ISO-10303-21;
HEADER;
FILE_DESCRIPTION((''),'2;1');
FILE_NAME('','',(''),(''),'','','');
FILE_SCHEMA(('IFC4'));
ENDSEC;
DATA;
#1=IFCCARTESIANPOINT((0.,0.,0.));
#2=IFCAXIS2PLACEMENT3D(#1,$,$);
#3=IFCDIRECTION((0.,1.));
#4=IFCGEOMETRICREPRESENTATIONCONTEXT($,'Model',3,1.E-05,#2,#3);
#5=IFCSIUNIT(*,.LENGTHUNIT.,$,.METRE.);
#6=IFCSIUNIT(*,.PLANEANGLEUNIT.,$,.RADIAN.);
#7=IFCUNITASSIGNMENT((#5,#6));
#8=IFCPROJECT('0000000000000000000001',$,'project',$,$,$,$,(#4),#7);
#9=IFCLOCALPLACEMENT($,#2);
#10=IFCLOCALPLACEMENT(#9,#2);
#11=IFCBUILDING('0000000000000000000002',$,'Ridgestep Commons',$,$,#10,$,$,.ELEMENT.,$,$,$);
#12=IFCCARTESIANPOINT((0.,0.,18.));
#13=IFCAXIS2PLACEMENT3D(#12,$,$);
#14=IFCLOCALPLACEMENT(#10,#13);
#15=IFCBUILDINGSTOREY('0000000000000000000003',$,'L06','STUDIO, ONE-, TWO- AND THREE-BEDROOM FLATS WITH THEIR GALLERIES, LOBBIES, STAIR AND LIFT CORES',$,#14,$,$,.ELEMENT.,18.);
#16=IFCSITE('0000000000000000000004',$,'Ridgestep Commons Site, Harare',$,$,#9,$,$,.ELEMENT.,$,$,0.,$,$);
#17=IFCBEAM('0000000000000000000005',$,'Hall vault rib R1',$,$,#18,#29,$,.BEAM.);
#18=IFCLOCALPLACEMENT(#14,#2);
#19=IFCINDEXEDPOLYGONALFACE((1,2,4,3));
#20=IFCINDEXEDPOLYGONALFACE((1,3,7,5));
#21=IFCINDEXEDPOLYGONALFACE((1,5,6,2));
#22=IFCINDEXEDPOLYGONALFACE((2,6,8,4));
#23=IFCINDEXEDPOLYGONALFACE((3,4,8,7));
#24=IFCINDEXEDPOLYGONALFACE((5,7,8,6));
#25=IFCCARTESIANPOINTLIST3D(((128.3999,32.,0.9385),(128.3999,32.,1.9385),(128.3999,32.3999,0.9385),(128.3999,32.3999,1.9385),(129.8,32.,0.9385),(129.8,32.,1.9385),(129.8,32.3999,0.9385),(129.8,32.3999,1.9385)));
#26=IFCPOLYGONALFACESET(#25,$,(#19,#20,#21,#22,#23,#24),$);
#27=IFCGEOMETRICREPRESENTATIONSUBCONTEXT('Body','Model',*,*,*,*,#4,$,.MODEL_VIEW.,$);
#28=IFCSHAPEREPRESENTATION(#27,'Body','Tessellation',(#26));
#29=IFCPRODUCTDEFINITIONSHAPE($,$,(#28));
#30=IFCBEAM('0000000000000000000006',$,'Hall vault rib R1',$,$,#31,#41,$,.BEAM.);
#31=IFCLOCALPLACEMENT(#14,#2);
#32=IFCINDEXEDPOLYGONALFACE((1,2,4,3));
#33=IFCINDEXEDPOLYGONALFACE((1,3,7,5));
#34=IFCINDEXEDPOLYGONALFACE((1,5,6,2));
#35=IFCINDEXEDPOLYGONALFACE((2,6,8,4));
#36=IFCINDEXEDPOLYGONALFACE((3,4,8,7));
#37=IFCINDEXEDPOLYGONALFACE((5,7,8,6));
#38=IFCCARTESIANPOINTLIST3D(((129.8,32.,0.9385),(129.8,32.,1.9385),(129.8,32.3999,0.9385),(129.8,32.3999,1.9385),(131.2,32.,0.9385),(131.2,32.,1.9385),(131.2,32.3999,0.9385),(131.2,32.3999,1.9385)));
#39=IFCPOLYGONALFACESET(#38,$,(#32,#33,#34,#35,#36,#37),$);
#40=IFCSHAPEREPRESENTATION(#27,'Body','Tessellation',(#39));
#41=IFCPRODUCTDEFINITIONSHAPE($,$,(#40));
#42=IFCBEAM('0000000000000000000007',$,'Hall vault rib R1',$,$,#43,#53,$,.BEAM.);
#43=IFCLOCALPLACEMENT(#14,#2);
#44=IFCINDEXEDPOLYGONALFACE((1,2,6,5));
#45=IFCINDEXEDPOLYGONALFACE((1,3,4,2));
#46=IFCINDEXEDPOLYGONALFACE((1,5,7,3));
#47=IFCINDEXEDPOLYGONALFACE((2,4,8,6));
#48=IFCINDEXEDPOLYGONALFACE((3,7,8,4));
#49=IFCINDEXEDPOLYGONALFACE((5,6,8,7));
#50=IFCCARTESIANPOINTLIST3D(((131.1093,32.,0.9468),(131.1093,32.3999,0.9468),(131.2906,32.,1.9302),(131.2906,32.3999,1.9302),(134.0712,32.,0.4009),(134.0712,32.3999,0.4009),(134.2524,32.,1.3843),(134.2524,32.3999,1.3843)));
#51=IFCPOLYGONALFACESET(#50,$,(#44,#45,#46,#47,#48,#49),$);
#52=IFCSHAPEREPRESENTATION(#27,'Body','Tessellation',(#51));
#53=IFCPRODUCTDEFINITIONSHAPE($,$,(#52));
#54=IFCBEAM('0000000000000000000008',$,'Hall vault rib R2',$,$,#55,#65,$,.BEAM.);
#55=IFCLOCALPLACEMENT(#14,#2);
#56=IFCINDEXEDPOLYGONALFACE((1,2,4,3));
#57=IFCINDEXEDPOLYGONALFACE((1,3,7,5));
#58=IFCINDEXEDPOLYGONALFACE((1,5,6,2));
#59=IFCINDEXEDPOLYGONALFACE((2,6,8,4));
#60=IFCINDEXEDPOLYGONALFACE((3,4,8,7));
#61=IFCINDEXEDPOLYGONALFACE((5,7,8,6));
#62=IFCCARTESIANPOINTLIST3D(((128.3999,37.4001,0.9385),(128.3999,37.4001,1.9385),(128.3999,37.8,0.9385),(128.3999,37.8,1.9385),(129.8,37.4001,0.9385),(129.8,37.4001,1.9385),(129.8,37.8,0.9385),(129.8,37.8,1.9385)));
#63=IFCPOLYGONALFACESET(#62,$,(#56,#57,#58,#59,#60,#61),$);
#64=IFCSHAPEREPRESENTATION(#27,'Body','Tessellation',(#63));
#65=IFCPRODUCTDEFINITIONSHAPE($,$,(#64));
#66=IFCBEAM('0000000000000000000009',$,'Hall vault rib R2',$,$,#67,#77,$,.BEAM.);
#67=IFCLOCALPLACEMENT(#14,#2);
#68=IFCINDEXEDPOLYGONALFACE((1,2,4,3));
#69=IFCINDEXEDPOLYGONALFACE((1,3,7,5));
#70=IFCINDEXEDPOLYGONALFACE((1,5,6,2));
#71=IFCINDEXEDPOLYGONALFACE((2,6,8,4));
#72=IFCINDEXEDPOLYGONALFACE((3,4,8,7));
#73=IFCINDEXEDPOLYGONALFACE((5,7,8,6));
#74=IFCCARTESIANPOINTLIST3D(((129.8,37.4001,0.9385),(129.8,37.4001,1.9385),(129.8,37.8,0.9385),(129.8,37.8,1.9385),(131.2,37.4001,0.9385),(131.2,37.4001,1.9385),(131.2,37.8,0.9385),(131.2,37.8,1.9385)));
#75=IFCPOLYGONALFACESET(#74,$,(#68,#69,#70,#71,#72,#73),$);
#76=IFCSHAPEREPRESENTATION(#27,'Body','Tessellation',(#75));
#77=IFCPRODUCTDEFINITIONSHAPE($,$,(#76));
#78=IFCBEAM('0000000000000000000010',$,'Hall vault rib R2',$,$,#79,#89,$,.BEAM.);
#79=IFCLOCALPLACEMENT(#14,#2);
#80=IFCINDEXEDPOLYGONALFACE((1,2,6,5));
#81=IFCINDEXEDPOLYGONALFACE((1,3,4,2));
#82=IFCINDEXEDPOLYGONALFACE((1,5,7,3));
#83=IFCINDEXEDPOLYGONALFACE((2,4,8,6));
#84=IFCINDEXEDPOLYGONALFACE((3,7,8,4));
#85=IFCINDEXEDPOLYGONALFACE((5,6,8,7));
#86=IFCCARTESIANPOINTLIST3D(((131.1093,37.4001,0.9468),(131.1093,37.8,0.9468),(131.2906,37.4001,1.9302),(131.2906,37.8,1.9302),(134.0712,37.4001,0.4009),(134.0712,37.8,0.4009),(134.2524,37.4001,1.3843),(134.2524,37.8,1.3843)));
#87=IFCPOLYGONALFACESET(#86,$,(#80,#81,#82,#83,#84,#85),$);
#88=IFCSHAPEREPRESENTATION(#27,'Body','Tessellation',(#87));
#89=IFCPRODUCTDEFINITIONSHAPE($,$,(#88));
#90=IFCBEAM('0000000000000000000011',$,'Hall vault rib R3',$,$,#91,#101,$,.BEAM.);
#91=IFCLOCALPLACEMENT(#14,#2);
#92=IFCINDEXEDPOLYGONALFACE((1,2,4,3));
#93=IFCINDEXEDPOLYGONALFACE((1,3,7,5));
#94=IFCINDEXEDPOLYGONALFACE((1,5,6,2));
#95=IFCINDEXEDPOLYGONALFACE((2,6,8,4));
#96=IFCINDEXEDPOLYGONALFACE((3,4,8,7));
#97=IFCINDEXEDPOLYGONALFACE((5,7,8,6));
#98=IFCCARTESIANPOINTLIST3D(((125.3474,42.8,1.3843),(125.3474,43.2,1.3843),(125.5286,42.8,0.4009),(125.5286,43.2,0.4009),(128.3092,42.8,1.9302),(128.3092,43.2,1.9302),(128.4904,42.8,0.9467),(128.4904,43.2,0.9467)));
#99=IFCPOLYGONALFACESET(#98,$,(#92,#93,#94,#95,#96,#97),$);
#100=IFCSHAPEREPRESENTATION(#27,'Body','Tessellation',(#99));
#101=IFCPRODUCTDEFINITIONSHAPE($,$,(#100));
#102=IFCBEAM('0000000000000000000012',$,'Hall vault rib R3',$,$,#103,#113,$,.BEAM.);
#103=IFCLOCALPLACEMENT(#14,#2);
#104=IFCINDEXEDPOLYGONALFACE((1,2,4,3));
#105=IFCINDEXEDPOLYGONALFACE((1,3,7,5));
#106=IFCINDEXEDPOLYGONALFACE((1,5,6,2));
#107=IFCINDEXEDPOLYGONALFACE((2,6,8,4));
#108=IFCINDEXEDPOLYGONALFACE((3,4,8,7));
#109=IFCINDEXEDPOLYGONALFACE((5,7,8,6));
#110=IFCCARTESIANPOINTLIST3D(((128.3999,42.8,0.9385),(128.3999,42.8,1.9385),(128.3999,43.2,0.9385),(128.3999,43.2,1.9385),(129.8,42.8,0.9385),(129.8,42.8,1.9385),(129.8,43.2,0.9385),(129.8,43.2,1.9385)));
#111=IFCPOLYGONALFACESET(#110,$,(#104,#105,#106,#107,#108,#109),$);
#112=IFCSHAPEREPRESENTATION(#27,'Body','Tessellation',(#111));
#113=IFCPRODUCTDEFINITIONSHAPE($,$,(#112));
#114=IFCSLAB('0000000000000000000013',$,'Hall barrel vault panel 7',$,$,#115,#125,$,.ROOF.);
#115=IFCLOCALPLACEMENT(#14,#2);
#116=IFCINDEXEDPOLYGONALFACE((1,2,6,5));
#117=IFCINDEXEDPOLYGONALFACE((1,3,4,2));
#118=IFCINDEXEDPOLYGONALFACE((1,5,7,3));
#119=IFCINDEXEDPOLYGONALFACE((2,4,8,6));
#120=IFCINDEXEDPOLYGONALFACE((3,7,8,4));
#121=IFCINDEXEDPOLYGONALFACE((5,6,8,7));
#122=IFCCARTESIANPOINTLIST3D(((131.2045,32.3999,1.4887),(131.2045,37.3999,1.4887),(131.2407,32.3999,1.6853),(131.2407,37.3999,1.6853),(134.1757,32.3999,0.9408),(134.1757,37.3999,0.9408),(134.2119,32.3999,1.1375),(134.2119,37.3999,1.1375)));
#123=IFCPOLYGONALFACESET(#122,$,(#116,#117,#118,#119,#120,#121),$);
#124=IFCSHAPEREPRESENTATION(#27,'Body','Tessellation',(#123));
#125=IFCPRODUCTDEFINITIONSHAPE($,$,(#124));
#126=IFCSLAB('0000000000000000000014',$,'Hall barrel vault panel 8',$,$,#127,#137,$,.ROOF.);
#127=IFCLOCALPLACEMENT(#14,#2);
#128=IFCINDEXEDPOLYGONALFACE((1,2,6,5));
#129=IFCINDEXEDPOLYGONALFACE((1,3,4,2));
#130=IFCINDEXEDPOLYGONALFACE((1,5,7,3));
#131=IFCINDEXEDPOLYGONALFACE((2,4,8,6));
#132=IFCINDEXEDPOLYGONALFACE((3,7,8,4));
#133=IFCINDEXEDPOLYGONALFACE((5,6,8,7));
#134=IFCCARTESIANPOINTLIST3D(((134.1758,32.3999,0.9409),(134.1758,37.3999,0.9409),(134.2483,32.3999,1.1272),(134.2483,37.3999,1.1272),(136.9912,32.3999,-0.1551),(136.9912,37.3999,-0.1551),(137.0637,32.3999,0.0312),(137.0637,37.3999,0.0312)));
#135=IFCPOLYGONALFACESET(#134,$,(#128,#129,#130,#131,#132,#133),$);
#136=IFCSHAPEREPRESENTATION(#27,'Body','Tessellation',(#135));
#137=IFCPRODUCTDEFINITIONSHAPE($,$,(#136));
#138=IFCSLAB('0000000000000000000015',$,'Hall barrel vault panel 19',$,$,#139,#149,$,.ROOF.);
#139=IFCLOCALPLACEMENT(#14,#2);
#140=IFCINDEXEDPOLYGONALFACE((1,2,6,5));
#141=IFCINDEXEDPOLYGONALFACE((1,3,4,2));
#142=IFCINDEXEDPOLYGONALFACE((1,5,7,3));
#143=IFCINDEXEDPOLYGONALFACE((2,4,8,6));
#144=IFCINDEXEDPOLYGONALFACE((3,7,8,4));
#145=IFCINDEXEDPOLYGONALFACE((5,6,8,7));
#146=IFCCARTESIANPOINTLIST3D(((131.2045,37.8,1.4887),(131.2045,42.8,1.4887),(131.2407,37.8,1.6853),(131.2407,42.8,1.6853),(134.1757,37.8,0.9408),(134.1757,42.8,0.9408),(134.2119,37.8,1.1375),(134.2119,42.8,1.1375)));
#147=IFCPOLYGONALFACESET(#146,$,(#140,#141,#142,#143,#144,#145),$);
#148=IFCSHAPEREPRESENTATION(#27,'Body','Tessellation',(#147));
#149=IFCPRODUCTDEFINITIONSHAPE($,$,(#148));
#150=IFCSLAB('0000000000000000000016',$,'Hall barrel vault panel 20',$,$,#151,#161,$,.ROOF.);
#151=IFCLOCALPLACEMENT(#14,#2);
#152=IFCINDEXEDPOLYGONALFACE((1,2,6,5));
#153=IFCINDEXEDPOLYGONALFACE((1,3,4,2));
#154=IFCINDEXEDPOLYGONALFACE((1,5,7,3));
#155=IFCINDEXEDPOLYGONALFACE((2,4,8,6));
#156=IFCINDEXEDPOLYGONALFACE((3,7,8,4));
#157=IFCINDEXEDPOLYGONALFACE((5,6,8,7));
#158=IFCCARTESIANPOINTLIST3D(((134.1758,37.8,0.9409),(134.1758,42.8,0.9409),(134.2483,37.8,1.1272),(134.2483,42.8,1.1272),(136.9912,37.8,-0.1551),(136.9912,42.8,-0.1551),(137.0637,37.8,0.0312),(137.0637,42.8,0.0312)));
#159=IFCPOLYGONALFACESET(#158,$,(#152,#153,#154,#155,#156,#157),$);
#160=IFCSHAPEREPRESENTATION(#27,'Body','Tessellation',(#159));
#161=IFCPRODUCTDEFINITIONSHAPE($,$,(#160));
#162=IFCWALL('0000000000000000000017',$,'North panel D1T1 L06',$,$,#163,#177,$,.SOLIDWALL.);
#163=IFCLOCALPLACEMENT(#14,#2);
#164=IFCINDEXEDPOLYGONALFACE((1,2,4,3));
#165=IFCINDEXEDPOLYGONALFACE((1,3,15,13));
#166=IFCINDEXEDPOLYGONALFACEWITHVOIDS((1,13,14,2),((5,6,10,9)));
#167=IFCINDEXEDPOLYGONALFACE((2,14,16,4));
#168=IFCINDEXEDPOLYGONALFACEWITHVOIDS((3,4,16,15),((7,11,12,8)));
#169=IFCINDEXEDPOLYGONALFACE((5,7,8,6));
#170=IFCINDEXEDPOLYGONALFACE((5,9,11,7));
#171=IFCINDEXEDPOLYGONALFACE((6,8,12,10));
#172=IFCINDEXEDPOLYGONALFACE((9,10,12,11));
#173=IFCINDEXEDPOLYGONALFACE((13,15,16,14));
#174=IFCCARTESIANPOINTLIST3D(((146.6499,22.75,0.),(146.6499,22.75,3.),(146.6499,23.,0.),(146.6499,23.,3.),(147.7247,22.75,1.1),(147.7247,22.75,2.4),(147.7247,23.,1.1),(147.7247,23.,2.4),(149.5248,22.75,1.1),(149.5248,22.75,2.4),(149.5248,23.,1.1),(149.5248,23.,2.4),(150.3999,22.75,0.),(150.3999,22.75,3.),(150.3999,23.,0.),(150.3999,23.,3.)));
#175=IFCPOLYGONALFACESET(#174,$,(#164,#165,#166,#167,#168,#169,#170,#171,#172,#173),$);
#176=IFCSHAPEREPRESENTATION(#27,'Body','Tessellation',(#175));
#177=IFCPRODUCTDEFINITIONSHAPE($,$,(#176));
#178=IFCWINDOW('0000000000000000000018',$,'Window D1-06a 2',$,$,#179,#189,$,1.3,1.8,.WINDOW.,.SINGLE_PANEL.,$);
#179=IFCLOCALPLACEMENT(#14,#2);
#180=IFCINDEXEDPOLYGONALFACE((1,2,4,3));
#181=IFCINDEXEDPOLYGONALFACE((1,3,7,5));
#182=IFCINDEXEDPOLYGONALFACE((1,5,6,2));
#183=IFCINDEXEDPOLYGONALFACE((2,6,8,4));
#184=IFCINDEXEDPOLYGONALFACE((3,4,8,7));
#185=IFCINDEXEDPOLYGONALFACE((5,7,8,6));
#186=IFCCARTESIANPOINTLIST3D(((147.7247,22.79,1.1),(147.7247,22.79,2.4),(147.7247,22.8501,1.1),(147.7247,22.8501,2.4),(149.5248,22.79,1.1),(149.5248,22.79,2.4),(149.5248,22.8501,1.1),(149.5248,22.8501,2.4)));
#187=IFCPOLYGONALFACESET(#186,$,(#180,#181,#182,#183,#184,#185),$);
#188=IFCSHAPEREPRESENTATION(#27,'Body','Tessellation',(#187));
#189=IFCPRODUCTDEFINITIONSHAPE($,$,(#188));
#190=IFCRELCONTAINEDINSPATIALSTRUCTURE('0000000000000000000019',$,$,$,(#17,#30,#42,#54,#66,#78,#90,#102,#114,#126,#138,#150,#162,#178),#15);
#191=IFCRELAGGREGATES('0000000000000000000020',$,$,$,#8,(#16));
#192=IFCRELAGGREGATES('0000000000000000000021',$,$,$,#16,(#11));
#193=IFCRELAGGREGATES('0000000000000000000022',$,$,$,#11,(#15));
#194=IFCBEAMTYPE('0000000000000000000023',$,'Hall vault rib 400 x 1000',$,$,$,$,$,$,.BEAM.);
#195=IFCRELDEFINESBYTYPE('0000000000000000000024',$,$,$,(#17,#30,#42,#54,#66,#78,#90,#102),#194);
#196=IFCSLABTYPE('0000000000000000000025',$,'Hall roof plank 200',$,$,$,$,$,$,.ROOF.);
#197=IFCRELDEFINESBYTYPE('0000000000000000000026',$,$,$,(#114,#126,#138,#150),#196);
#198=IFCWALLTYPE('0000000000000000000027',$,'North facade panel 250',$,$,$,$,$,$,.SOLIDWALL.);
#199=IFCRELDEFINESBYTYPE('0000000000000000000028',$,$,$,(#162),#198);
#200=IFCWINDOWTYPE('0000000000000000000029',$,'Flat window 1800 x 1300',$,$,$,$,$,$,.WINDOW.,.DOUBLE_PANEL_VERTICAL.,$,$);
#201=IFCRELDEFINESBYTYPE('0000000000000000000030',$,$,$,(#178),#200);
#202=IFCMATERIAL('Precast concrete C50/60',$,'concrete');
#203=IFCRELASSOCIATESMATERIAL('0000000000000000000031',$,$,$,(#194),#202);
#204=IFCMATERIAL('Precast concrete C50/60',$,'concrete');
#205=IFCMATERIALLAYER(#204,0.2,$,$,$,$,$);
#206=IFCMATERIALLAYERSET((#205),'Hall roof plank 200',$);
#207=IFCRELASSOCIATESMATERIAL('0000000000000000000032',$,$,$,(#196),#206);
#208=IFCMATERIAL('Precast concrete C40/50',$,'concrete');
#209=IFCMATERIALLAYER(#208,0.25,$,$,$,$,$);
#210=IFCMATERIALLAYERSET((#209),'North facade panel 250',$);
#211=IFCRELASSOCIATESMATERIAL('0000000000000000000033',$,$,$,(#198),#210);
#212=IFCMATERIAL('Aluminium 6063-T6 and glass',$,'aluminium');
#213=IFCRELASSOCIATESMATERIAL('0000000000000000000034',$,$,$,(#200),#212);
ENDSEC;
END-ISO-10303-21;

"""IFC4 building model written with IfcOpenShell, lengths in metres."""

from ifc_helpers import new_model, si_unit, direction, frame, frame_2d, origin, origin_2d, place, context, subcontext, project, spatial, polyline, rectangle, outline, extrude, material, layer, layer_set, material_profile, profile_set, type_object, element, fill, save


model = new_model("IFC4")

# Units and contexts
model_context = context("Model", 3, precision=1e-05, world=origin(), true_north=direction((0.0, 1.0)))
body_context = subcontext(model_context, "Body", "Model", "MODEL_VIEW")
ifc_project = project(units=[si_unit("LENGTHUNIT", "METRE"), si_unit("PLANEANGLEUNIT", "RADIAN")], contexts=[model_context])

# Site, building, storey
site_placement = place(None, origin())
site = spatial("IfcSite", under=ifc_project, at=site_placement, Name="Ridgestep Commons Site, Harare", CompositionType="ELEMENT", RefElevation=0.0)
building_placement = place(site_placement, origin())
building = spatial("IfcBuilding", under=site, at=building_placement, Name="Ridgestep Commons", CompositionType="ELEMENT")
storey_placement = place(building_placement, frame((0.0, 0.0, 18.0)))
storey = spatial("IfcBuildingStorey", under=building, at=storey_placement, Name="L06", Description="STUDIO, ONE-, TWO- AND THREE-BEDROOM FLATS WITH THEIR GALLERIES, LOBBIES, STAIR AND LIFT CORES", CompositionType="ELEMENT", Elevation=18.0)

# Beams
ifc_material_1 = material(Name="Precast concrete C50/60", Category="concrete")
ifc_material_profile = material_profile(ifc_material_1, rectangle(XDim=0.3999, YDim=1.0, at=origin_2d()), Name="Hall vault rib 400 x 1000")
ifc_profile_set = profile_set([ifc_material_profile], Name="Precast concrete C50/60")
beam_type = type_object("IfcBeamType", Name="Hall vault rib 400 x 1000", PredefinedType="BEAM", material=ifc_profile_set)
beam_1_placement = place(storey_placement, frame((128.3999, 32.2, 1.4385), z_axis=(1.0, 0.0, 0.0), x_axis=(0.0, 1.0, 0.0)))
element("IfcBeam", 1, at=beam_1_placement, inside=storey, type_object=beam_type, Name="Hall vault rib R1", PredefinedType="BEAM", context=body_context, shape_type="SweptSolid", body=[
    extrude(rectangle(XDim=0.3999, YDim=1.0, at=origin_2d()), origin(), (0.0, 0.0, 1.0), 1.4001),
])
beam_2_placement = place(storey_placement, frame((129.8, 32.2, 1.4385), z_axis=(1.0, 0.0, 0.0), x_axis=(0.0, 1.0, 0.0)))
element("IfcBeam", 2, at=beam_2_placement, inside=storey, type_object=beam_type, Name="Hall vault rib R1", PredefinedType="BEAM", context=body_context, shape_type="SweptSolid", body=[
    extrude(rectangle(XDim=0.3999, YDim=1.0, at=origin_2d()), origin(), (0.0, 0.0, 1.0), 1.3999),
])
beam_3_placement = place(storey_placement, frame((131.2, 32.2, 1.4385), z_axis=(0.983436, 0.0, -0.181253), x_axis=(0.0, 1.0, 0.0)))
element("IfcBeam", 3, at=beam_3_placement, inside=storey, type_object=beam_type, Name="Hall vault rib R1", PredefinedType="BEAM", context=body_context, shape_type="SweptSolid", body=[
    extrude(rectangle(XDim=0.3999, YDim=1.0, at=origin_2d()), origin(), (0.0, 0.0, 1.0), 3.0117),
])
beam_4_placement = place(storey_placement, frame((128.3999, 37.6001, 1.4385), z_axis=(1.0, 0.0, 0.0), x_axis=(0.0, 1.0, 0.0)))
element("IfcBeam", 4, at=beam_4_placement, inside=storey, type_object=beam_type, Name="Hall vault rib R2", PredefinedType="BEAM", context=body_context, shape_type="SweptSolid", body=[
    extrude(rectangle(XDim=0.3999, YDim=1.0, at=origin_2d()), origin(), (0.0, 0.0, 1.0), 1.4001),
])
beam_5_placement = place(storey_placement, frame((129.8, 37.6001, 1.4385), z_axis=(1.0, 0.0, 0.0), x_axis=(0.0, 1.0, 0.0)))
element("IfcBeam", 5, at=beam_5_placement, inside=storey, type_object=beam_type, Name="Hall vault rib R2", PredefinedType="BEAM", context=body_context, shape_type="SweptSolid", body=[
    extrude(rectangle(XDim=0.3999, YDim=1.0, at=origin_2d()), origin(), (0.0, 0.0, 1.0), 1.3999),
])
for number, where, z_axis, x_axis, name in (
    (6, (131.2, 37.6001, 1.4385), (0.983436, 0.0, -0.181253), (0.0, 1.0, 0.0), "Hall vault rib R2"),
    (7, (125.438, 43.0, 0.8926), (0.983436, 0.0, 0.181253), (0.0, 1.0, 0.0), "Hall vault rib R3"),
):
    element("IfcBeam", number, at=place(storey_placement, frame(where, z_axis=z_axis, x_axis=x_axis)), inside=storey, type_object=beam_type, Name=name, PredefinedType="BEAM", context=body_context, shape_type="SweptSolid", body=[
        extrude(rectangle(XDim=0.3999, YDim=1.0, at=origin_2d()), origin(), (0.0, 0.0, 1.0), 3.0117),
    ])
beam_6_placement = place(storey_placement, frame((128.3999, 43.0, 1.4385), z_axis=(1.0, 0.0, 0.0), x_axis=(0.0, 1.0, 0.0)))
element("IfcBeam", 8, at=beam_6_placement, inside=storey, type_object=beam_type, Name="Hall vault rib R3", PredefinedType="BEAM", context=body_context, shape_type="SweptSolid", body=[
    extrude(rectangle(XDim=0.3999, YDim=1.0, at=origin_2d()), origin(), (0.0, 0.0, 1.0), 1.4001),
])

# Slabs
ifc_material_2 = material(Name="Precast concrete C50/60", Category="concrete")
ifc_layer_1 = layer(ifc_material_2, 0.2)
ifc_layer_set_1 = layer_set([ifc_layer_1], Name="Hall roof plank 200")
slab_type = type_object("IfcSlabType", Name="Hall roof plank 200", PredefinedType="ROOF", material=ifc_layer_set_1)
slab_1_placement = place(storey_placement, frame((131.2407, 32.3999, 1.6853), z_axis=(0.181331, 0.0, 0.983422), x_axis=(0.983422, 0.0, -0.181331)))
element("IfcSlab", 9, at=slab_1_placement, inside=storey, type_object=slab_type, Name="Hall barrel vault panel 7", PredefinedType="ROOF", context=body_context, shape_type="SweptSolid", body=[
    extrude(outline(polyline([(0.0, 0.0), (3.0213, 0.0), (3.0213, 5.0), (0.0, 5.0), (0.0, 0.0)])), origin(), (0.0, 0.0, -1.0), 0.2),
])
slab_2_placement = place(storey_placement, frame((134.2483, 32.3999, 1.1272), z_axis=(0.36275, 0.0, 0.931886), x_axis=(0.931886, 0.0, -0.36275)))
element("IfcSlab", 10, at=slab_2_placement, inside=storey, type_object=slab_type, Name="Hall barrel vault panel 8", PredefinedType="ROOF", context=body_context, shape_type="SweptSolid", body=[
    extrude(outline(polyline([(0.0, 0.0), (3.0212, 0.0), (3.0212, 5.0), (0.0, 5.0), (0.0, 0.0)])), origin(), (0.0, 0.0, -1.0), 0.2),
])
slab_3_placement = place(storey_placement, frame((131.2407, 37.8, 1.6853), z_axis=(0.181331, 0.0, 0.983422), x_axis=(0.983422, 0.0, -0.181331)))
element("IfcSlab", 11, at=slab_3_placement, inside=storey, type_object=slab_type, Name="Hall barrel vault panel 19", PredefinedType="ROOF", context=body_context, shape_type="SweptSolid", body=[
    extrude(outline(polyline([(0.0, 0.0), (3.0213, 0.0), (3.0213, 5.0), (0.0, 5.0), (0.0, 0.0)])), origin(), (0.0, 0.0, -1.0), 0.2),
])
slab_4_placement = place(storey_placement, frame((134.2483, 37.8, 1.1272), z_axis=(0.36275, 0.0, 0.931886), x_axis=(0.931886, 0.0, -0.36275)))
element("IfcSlab", 12, at=slab_4_placement, inside=storey, type_object=slab_type, Name="Hall barrel vault panel 20", PredefinedType="ROOF", context=body_context, shape_type="SweptSolid", body=[
    extrude(outline(polyline([(0.0, 0.0), (3.0212, 0.0), (3.0212, 5.0), (0.0, 5.0), (0.0, 0.0)])), origin(), (0.0, 0.0, -1.0), 0.2),
])

# Wall, opening, window
ifc_material_3 = material(Name="Precast concrete C40/50", Category="concrete")
ifc_layer_2 = layer(ifc_material_3, 0.25)
ifc_layer_set_2 = layer_set([ifc_layer_2], Name="North facade panel 250")
wall_type_1 = type_object("IfcWallType", Name="North facade panel 250", PredefinedType="SOLIDWALL", material=ifc_layer_set_2)
wall_1_placement = place(storey_placement, frame((146.6499, 22.875, 0.0), z_axis=(0.0, 0.0, 1.0), x_axis=(1.0, 0.0, 0.0)))
wall_1 = element("IfcWall", 13, at=wall_1_placement, inside=storey, type_object=wall_type_1, Name="North panel D1T1 L06", PredefinedType="SOLIDWALL", context=body_context, shape_type="SweptSolid", body=[
    extrude(rectangle(XDim=3.75, YDim=0.25, at=frame_2d((1.875, 0.0))), origin(), (0.0, 0.0, 1.0), 3.0),
])
opening_1_placement = place(wall_1_placement, frame((1.075, 0.0, 1.1001)))
opening_1 = element("IfcOpeningElement", 14, at=opening_1_placement, cuts=wall_1, PredefinedType="OPENING", context=body_context, shape_type="SweptSolid", body=[
    extrude(rectangle(XDim=1.8, YDim=1.3, at=frame_2d((0.8999, 0.6499))), frame((0.0, 0.135, 0.0), z_axis=(0.0, -1.0, 0.0), x_axis=(1.0, 0.0, 0.0)), (0.0, 0.0, 1.0), 0.27),
])
ifc_material_4 = material(Name="Aluminium 6063-T6 and glass", Category="aluminium")
window_type = type_object("IfcWindowType", Name="Flat window 1800 x 1300", PartitioningType="DOUBLE_PANEL_VERTICAL", PredefinedType="WINDOW", material=ifc_material_4)
window_1_placement = place(opening_1_placement, origin())
window_1 = element("IfcWindow", 15, at=window_1_placement, inside=storey, type_object=window_type, Name="Window D1-06a 2", OverallHeight=1.3, OverallWidth=1.8, PartitioningType="SINGLE_PANEL", PredefinedType="WINDOW", context=body_context, shape_type="SweptSolid", body=[
    extrude(rectangle(XDim=1.8, YDim=1.3, at=frame_2d((0.8999, 0.6499))), frame((0.0, -0.0249, 0.0), z_axis=(0.0, -1.0, 0.0), x_axis=(1.0, 0.0, 0.0)), (0.0, 0.0, 1.0), 0.0601),
])
fill(opening_1, window_1)

save(model, "model.ifc")
